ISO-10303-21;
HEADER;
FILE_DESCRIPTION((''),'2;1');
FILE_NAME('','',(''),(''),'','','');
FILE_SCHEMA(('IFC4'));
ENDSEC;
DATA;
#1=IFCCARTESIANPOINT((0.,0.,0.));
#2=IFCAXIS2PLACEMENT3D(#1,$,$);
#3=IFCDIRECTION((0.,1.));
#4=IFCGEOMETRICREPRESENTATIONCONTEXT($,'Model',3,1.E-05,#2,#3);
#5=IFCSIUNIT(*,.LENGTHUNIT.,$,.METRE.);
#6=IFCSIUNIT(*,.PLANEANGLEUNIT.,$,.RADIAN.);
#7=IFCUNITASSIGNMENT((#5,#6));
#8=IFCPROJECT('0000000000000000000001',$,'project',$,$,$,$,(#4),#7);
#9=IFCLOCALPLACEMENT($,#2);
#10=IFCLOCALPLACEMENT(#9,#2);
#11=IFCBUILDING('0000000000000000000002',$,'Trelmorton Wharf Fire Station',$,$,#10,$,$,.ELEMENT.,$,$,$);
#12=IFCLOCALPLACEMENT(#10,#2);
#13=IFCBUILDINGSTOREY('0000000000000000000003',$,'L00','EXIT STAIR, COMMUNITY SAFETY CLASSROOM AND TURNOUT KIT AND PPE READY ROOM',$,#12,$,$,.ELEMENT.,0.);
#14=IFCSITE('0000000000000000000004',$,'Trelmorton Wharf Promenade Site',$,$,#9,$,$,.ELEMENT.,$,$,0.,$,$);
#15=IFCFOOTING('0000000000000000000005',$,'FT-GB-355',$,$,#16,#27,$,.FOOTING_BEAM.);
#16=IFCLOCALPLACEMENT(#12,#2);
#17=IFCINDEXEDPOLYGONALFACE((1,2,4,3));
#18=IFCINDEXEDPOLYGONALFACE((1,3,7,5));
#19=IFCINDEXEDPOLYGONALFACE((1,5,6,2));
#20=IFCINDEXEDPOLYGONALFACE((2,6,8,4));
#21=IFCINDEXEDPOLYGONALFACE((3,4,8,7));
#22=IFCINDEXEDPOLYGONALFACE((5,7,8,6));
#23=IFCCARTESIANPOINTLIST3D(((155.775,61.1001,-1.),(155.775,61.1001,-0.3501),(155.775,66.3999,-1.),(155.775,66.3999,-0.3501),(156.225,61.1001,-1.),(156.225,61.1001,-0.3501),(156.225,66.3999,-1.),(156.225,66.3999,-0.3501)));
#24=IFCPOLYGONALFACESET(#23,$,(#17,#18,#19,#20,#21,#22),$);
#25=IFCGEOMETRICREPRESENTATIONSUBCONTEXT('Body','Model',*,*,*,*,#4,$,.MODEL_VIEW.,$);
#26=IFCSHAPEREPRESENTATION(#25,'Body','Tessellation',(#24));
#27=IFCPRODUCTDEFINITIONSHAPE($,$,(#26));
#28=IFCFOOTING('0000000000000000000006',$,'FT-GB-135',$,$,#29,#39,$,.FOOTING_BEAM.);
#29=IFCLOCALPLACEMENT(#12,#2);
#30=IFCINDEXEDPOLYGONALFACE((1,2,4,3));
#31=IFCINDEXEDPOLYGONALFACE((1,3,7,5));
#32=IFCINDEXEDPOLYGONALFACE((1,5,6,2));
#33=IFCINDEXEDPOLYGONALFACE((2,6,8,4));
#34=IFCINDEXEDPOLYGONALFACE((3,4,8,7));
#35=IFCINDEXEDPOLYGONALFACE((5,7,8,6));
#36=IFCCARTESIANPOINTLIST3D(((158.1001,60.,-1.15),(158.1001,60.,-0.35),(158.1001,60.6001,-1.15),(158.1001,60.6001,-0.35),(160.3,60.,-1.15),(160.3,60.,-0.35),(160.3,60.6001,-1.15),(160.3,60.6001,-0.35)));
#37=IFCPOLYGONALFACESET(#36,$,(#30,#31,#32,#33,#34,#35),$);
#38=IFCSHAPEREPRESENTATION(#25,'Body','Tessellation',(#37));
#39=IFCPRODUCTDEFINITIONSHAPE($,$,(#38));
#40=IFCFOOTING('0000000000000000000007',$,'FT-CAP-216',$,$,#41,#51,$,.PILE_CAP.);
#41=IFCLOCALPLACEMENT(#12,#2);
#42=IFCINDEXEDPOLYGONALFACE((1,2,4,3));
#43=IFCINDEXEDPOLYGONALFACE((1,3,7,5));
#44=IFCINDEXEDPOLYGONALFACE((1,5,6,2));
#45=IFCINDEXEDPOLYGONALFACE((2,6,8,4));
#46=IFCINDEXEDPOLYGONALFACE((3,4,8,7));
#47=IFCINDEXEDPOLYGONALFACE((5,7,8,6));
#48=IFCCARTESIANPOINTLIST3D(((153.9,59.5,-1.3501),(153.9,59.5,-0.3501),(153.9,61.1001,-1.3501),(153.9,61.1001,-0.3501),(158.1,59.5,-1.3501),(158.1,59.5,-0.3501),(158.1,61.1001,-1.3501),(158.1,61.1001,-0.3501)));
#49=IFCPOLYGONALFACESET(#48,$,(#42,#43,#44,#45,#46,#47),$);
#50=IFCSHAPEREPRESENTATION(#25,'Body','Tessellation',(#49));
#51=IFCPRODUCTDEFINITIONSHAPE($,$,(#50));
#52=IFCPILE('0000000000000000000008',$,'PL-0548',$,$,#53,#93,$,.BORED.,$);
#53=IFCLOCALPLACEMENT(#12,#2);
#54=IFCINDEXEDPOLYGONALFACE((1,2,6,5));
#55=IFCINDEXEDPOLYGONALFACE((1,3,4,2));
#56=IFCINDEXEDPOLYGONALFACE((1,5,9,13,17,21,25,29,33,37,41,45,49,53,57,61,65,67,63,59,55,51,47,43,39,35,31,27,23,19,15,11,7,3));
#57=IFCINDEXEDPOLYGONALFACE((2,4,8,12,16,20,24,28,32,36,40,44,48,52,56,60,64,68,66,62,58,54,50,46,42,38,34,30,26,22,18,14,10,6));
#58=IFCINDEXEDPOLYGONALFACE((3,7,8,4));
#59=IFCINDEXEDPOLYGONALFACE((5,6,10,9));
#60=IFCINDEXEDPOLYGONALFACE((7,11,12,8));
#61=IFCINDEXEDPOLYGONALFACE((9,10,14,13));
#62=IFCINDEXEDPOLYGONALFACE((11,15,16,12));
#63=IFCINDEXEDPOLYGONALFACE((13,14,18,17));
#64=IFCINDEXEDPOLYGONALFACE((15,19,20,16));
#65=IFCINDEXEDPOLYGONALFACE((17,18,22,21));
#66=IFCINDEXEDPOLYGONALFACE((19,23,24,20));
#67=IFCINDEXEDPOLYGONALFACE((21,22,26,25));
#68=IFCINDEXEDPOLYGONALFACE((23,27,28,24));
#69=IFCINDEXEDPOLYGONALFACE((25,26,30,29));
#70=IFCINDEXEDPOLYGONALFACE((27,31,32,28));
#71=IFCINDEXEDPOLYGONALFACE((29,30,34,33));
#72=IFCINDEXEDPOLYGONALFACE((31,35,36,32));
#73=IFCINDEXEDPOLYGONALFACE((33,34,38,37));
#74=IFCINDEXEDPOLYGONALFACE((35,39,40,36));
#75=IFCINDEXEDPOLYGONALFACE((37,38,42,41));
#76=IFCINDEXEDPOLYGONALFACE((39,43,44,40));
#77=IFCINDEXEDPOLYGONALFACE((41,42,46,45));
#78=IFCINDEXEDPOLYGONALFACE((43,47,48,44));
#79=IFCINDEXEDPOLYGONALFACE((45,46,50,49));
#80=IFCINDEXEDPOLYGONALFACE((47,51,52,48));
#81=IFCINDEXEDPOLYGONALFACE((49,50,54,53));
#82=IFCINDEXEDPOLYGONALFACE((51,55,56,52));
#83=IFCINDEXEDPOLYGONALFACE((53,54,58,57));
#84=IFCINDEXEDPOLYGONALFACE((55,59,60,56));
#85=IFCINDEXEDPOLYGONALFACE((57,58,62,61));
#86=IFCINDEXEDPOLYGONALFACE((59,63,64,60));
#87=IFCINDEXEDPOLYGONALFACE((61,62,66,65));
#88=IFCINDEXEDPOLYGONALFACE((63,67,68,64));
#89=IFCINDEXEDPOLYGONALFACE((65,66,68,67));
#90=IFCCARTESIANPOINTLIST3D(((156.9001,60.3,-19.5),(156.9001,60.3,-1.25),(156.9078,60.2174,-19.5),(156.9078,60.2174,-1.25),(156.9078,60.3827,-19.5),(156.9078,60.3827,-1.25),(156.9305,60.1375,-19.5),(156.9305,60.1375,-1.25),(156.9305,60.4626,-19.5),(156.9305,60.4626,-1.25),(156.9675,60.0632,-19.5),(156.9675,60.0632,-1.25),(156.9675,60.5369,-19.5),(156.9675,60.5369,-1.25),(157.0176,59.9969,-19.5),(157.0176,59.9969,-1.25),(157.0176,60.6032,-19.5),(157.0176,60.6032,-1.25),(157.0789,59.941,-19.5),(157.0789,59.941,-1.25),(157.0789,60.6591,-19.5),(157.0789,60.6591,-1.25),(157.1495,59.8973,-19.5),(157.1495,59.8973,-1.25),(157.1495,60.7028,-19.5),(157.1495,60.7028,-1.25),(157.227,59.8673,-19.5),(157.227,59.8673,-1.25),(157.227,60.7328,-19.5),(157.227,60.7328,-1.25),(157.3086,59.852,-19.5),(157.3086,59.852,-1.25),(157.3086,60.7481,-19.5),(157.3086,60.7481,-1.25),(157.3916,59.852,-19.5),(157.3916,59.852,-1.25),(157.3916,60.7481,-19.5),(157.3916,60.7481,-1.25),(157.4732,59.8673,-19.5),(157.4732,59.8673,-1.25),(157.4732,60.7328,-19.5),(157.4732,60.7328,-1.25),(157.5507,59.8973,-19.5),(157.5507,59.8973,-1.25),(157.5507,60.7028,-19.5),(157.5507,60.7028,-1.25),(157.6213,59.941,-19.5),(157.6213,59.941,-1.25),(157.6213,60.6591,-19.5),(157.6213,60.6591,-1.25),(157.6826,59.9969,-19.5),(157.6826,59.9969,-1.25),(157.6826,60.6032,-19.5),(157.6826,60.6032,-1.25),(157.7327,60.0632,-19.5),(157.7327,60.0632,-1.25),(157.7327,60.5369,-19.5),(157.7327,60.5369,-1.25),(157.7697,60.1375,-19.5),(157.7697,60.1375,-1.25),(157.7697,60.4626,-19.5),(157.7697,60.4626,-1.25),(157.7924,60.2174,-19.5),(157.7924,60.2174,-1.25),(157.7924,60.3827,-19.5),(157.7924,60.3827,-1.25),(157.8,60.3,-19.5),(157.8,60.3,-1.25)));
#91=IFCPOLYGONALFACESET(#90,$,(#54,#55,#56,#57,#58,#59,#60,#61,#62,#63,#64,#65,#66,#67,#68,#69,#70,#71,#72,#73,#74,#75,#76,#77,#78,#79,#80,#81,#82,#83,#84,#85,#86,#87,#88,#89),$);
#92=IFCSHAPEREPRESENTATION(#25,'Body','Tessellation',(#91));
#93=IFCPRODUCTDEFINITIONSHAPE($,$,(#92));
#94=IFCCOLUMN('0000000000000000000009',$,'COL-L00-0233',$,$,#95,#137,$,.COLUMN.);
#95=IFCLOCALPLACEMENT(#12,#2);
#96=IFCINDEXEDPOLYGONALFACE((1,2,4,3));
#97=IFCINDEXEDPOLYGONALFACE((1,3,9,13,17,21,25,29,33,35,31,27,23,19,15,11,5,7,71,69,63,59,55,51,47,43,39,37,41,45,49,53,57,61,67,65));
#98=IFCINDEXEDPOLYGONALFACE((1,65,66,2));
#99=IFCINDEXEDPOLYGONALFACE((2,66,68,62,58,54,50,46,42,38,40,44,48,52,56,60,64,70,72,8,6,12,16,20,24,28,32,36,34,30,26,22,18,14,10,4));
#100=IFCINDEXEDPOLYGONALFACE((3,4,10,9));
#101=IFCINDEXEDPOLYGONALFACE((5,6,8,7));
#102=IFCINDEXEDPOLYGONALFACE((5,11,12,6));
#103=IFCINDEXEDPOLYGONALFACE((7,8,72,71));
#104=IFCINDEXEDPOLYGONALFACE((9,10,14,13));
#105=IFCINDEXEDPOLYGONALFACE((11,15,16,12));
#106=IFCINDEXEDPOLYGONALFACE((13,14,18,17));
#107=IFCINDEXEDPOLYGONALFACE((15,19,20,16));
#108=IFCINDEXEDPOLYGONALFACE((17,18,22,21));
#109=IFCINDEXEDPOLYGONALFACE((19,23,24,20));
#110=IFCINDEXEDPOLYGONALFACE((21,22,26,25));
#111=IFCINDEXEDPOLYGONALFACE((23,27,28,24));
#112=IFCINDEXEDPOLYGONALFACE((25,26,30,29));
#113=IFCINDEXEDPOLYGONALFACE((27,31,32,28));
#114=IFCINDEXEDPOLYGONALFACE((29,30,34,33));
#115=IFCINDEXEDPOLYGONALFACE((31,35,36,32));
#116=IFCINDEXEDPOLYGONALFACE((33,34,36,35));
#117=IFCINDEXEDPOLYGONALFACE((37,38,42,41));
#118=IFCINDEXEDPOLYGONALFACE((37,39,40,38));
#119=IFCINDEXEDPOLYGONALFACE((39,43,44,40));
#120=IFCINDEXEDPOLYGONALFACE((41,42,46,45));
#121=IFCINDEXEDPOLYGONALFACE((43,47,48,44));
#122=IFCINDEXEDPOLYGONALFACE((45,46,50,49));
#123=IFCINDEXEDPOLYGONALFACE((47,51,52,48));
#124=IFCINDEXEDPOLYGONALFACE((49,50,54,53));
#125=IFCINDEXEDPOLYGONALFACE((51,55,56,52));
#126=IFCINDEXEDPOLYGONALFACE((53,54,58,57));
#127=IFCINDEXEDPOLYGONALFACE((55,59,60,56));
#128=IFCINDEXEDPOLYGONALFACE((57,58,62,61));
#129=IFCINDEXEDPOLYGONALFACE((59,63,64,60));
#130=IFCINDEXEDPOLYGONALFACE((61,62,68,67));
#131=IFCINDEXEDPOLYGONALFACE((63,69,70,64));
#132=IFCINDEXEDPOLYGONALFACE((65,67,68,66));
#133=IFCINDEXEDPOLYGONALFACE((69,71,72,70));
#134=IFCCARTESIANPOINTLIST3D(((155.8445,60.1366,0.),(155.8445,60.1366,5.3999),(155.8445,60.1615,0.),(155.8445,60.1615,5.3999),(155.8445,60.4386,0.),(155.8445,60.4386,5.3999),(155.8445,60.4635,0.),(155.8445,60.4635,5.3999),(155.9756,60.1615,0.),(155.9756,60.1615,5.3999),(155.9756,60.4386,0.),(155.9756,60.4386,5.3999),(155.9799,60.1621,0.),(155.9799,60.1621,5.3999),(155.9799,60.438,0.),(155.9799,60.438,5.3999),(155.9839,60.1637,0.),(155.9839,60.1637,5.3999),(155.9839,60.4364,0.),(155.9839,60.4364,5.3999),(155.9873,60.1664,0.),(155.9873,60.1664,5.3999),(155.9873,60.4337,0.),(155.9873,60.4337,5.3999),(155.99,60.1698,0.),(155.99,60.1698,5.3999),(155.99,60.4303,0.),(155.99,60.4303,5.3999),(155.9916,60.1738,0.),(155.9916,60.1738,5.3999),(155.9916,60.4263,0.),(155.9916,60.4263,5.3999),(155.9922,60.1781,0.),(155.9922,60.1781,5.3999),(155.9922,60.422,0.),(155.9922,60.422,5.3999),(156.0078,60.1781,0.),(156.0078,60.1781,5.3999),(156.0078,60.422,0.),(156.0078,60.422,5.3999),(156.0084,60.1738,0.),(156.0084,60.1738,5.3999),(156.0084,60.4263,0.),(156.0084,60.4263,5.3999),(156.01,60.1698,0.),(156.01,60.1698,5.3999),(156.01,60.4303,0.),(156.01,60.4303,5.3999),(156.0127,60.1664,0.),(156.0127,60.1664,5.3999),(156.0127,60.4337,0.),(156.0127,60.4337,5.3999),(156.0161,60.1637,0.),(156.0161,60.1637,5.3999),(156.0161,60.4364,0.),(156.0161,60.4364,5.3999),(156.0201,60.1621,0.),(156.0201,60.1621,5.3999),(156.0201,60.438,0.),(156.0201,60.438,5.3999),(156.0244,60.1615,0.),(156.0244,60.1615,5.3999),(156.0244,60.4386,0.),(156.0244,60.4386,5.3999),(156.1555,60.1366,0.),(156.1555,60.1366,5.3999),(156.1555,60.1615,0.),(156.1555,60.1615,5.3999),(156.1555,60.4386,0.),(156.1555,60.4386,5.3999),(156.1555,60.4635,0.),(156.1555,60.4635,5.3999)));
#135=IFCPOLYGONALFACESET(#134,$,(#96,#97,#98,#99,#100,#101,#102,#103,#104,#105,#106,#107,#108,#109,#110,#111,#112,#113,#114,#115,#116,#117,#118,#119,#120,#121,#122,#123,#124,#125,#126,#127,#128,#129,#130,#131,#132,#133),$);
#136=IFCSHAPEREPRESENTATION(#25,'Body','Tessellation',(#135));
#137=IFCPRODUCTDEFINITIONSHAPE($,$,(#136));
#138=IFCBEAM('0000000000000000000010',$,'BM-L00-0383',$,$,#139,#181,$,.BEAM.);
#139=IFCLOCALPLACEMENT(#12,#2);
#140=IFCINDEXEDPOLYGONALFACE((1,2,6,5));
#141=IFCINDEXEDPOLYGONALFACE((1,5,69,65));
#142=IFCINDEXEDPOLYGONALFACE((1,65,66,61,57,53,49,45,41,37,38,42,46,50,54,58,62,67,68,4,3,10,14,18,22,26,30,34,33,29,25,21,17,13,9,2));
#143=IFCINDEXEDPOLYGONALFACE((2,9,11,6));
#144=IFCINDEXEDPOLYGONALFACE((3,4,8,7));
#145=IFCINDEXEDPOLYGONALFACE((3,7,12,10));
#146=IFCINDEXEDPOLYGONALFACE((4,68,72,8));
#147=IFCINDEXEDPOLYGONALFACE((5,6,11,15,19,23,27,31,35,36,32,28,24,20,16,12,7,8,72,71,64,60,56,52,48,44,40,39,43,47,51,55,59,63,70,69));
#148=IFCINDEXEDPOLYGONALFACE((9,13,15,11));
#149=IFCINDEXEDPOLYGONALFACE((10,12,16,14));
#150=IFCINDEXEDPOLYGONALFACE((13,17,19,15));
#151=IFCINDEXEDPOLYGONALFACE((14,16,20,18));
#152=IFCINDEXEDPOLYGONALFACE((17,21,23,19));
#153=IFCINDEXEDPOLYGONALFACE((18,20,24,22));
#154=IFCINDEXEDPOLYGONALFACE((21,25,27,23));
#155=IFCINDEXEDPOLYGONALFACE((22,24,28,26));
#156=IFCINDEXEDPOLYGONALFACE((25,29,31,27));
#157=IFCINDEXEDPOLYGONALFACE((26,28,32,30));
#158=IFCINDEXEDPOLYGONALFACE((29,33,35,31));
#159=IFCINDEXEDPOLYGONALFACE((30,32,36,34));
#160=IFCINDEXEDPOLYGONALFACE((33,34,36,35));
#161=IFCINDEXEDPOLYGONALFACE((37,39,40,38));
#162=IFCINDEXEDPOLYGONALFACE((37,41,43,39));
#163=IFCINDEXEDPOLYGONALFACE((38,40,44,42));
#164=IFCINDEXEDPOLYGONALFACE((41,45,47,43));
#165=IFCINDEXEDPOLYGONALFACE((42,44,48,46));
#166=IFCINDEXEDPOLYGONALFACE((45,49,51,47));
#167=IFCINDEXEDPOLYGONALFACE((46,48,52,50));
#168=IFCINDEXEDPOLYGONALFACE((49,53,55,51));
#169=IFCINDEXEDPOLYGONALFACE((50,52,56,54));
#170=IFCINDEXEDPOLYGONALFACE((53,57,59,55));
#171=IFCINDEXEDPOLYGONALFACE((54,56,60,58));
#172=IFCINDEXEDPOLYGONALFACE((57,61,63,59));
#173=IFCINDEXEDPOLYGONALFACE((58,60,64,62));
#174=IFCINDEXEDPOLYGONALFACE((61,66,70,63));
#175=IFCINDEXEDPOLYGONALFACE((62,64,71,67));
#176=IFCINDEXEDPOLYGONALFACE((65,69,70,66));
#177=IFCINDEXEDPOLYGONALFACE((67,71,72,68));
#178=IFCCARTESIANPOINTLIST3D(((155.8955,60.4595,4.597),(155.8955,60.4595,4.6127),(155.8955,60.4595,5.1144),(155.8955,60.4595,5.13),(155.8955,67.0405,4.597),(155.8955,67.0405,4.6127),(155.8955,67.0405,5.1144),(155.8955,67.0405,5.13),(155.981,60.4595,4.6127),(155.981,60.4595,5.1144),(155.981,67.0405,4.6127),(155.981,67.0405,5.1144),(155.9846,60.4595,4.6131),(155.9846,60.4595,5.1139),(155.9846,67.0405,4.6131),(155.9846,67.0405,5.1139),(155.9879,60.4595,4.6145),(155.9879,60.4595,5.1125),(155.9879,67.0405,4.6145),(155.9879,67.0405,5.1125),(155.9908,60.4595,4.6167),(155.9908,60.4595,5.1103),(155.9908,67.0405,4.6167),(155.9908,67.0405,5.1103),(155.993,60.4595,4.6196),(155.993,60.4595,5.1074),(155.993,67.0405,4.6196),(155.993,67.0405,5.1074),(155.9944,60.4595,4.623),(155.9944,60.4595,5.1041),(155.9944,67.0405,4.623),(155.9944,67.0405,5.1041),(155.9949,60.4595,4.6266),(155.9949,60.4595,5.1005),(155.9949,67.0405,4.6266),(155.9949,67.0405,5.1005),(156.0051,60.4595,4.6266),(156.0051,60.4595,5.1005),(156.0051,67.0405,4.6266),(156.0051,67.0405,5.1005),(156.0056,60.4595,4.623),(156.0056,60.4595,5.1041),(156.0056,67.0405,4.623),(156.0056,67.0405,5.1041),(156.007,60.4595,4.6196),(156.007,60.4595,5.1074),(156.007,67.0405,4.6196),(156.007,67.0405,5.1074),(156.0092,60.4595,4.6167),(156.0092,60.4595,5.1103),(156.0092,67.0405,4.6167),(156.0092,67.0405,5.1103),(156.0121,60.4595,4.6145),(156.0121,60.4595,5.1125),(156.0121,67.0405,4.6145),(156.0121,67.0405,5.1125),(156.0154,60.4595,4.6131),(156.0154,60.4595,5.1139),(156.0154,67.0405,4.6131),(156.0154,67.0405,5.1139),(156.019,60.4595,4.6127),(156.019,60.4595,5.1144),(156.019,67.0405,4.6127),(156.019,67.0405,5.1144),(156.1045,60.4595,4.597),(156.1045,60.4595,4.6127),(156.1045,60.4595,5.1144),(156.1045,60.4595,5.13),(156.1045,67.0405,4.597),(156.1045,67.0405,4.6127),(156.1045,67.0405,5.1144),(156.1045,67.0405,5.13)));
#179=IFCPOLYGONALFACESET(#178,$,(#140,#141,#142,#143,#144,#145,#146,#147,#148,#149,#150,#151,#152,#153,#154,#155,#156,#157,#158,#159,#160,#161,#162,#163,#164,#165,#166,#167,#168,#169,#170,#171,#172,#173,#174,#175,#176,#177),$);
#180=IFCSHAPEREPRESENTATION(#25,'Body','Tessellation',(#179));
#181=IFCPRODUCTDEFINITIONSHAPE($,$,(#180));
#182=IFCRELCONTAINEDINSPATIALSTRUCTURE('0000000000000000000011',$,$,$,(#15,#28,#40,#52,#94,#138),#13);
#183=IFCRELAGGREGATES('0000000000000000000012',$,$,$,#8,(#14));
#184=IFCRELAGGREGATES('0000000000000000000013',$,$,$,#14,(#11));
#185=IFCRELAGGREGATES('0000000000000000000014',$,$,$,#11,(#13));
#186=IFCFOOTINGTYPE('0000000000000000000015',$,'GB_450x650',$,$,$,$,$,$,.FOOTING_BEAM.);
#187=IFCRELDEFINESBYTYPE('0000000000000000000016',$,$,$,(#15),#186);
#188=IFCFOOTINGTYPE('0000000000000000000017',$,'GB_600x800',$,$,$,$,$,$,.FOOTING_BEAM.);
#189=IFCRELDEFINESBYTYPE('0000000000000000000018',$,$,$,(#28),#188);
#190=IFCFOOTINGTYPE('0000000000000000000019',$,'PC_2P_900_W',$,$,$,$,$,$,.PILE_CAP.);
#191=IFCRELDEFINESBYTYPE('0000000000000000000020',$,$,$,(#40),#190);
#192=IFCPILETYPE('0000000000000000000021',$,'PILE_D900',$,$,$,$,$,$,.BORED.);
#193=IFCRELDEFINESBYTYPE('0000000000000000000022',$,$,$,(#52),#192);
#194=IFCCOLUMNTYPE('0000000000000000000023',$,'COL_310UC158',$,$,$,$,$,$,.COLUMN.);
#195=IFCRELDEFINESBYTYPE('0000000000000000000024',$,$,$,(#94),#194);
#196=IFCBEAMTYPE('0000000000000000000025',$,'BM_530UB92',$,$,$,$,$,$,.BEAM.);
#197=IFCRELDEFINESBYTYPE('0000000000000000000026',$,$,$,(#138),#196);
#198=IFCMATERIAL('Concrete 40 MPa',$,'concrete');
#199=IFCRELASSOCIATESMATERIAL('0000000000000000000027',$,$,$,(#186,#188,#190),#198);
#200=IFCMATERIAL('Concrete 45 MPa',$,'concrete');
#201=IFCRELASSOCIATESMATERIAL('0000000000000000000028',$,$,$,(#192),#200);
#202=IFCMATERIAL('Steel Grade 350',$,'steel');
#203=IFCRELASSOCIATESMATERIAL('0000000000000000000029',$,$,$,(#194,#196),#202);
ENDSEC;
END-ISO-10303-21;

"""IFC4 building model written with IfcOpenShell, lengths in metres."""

from ifc_helpers import new_model, si_unit, direction, frame, origin, origin_2d, place, context, subcontext, project, spatial, rectangle, circle, i_section, extrude, material, material_profile, profile_set, type_object, element, save


model = new_model("IFC4")

# Units and contexts
model_context = context("Model", 3, precision=1e-05, world=origin(), true_north=direction((0.0, 1.0)))
body_context = subcontext(model_context, "Body", "Model", "MODEL_VIEW")
ifc_project = project(units=[si_unit("LENGTHUNIT", "METRE"), si_unit("PLANEANGLEUNIT", "RADIAN")], contexts=[model_context])

# Site, building, storey
site_placement = place(None, origin())
site = spatial("IfcSite", under=ifc_project, at=site_placement, Name="Trelmorton Wharf Promenade Site", CompositionType="ELEMENT", RefElevation=0.0)
building_placement = place(site_placement, origin())
building = spatial("IfcBuilding", under=site, at=building_placement, Name="Trelmorton Wharf Fire Station", CompositionType="ELEMENT")
storey_placement = place(building_placement, origin())
storey = spatial("IfcBuildingStorey", under=building, at=storey_placement, Name="L00", Description="EXIT STAIR, COMMUNITY SAFETY CLASSROOM AND TURNOUT KIT AND PPE READY ROOM", CompositionType="ELEMENT", Elevation=0.0)

# Footings
ifc_material_1 = material(Name="Concrete 40 MPa", Category="concrete")
ifc_material_profile_1 = material_profile(ifc_material_1, rectangle(XDim=0.45, YDim=0.6499, at=origin_2d()), Name="RC450x650")
ifc_profile_set_1 = profile_set([ifc_material_profile_1], Name="Concrete 40 MPa")
footing_type_1 = type_object("IfcFootingType", Name="GB_450x650", PredefinedType="FOOTING_BEAM", material=ifc_profile_set_1)
footing_1_placement = place(storey_placement, frame((156.0, 61.1001, -0.675), z_axis=(0.0, 1.0, 0.0), x_axis=(-1.0, 0.0, 0.0)))
element("IfcFooting", 1, at=footing_1_placement, inside=storey, type_object=footing_type_1, Name="FT-GB-355", PredefinedType="FOOTING_BEAM", context=body_context, shape_type="SweptSolid", body=[
    extrude(rectangle(XDim=0.45, YDim=0.6499, at=origin_2d()), origin(), (0.0, 0.0, 1.0), 5.2998),
])
ifc_material_profile_2 = material_profile(ifc_material_1, rectangle(XDim=0.6001, YDim=0.8, at=origin_2d()), Name="RC600x800")
ifc_profile_set_2 = profile_set([ifc_material_profile_2], Name="Concrete 40 MPa")
footing_type_2 = type_object("IfcFootingType", Name="GB_600x800", PredefinedType="FOOTING_BEAM", material=ifc_profile_set_2)
footing_2_placement = place(storey_placement, frame((158.1001, 60.3, -0.75), z_axis=(1.0, 0.0, 0.0), x_axis=(0.0, 1.0, 0.0)))
element("IfcFooting", 2, at=footing_2_placement, inside=storey, type_object=footing_type_2, Name="FT-GB-135", PredefinedType="FOOTING_BEAM", context=body_context, shape_type="SweptSolid", body=[
    extrude(rectangle(XDim=0.6001, YDim=0.8, at=origin_2d()), origin(), (0.0, 0.0, 1.0), 2.2),
])
footing_type_3 = type_object("IfcFootingType", Name="PC_2P_900_W", PredefinedType="PILE_CAP", material=ifc_material_1)
footing_3_placement = place(storey_placement, frame((156.0, 60.3, -1.3501), z_axis=(0.0, 0.0, 1.0), x_axis=(1.0, 0.0, 0.0)))
element("IfcFooting", 3, at=footing_3_placement, inside=storey, type_object=footing_type_3, Name="FT-CAP-216", PredefinedType="PILE_CAP", context=body_context, shape_type="SweptSolid", body=[
    extrude(rectangle(XDim=4.2, YDim=1.6001, at=origin_2d()), origin(), (0.0, 0.0, 1.0), 1.0),
])

# Pile
ifc_material_2 = material(Name="Concrete 45 MPa", Category="concrete")
ifc_material_profile_3 = material_profile(ifc_material_2, circle(Radius=0.45, at=origin_2d()), Name="PILE-D900")
ifc_profile_set_3 = profile_set([ifc_material_profile_3], Name="Concrete 45 MPa")
pile_type = type_object("IfcPileType", Name="PILE_D900", PredefinedType="BORED", material=ifc_profile_set_3)
pile_placement = place(storey_placement, frame((157.3501, 60.3, -1.25), z_axis=(0.0, 0.0, -1.0), x_axis=(1.0, 0.0, 0.0)))
element("IfcPile", 4, at=pile_placement, inside=storey, type_object=pile_type, Name="PL-0548", PredefinedType="BORED", context=body_context, shape_type="SweptSolid", body=[
    extrude(circle(Radius=0.45, at=origin_2d()), origin(), (0.0, 0.0, 1.0), 18.25),
])

# Column
ifc_material_3 = material(Name="Steel Grade 350", Category="steel")
ifc_material_profile_4 = material_profile(ifc_material_3, i_section(OverallWidth=0.311, OverallDepth=0.3269, WebThickness=0.0156, FlangeThickness=0.0249, FilletRadius=0.0166, at=origin_2d()), Name="310UC158")
ifc_profile_set_4 = profile_set([ifc_material_profile_4], Name="Steel Grade 350")
column_type = type_object("IfcColumnType", Name="COL_310UC158", PredefinedType="COLUMN", material=ifc_profile_set_4)
column_placement = place(storey_placement, frame((156.0, 60.3, 0.0), z_axis=(0.0, 0.0, 1.0), x_axis=(1.0, 0.0, 0.0)))
element("IfcColumn", 5, at=column_placement, inside=storey, type_object=column_type, Name="COL-L00-0233", PredefinedType="COLUMN", context=body_context, shape_type="SweptSolid", body=[
    extrude(i_section(OverallWidth=0.311, OverallDepth=0.3269, WebThickness=0.0156, FlangeThickness=0.0249, FilletRadius=0.0166, at=origin_2d()), origin(), (0.0, 0.0, 1.0), 5.3999),
])

# Beam
ifc_material_profile_5 = material_profile(ifc_material_3, i_section(OverallWidth=0.209, OverallDepth=0.533, WebThickness=0.0103, FlangeThickness=0.0156, FilletRadius=0.0139, at=origin_2d()), Name="530UB92.4")
ifc_profile_set_5 = profile_set([ifc_material_profile_5], Name="Steel Grade 350")
beam_type_1 = type_object("IfcBeamType", Name="BM_530UB92", PredefinedType="BEAM", material=ifc_profile_set_5)
beam_1_placement = place(storey_placement, frame((156.0, 60.4595, 4.8635), z_axis=(0.0, 1.0, 0.0), x_axis=(-1.0, 0.0, 0.0)))
element("IfcBeam", 6, at=beam_1_placement, inside=storey, type_object=beam_type_1, Name="BM-L00-0383", PredefinedType="BEAM", context=body_context, shape_type="SweptSolid", body=[
    extrude(i_section(OverallWidth=0.209, OverallDepth=0.533, WebThickness=0.0103, FlangeThickness=0.0156, FilletRadius=0.0139, at=origin_2d()), origin(), (0.0, 0.0, 1.0), 6.5811),
])

save(model, "model.ifc")
